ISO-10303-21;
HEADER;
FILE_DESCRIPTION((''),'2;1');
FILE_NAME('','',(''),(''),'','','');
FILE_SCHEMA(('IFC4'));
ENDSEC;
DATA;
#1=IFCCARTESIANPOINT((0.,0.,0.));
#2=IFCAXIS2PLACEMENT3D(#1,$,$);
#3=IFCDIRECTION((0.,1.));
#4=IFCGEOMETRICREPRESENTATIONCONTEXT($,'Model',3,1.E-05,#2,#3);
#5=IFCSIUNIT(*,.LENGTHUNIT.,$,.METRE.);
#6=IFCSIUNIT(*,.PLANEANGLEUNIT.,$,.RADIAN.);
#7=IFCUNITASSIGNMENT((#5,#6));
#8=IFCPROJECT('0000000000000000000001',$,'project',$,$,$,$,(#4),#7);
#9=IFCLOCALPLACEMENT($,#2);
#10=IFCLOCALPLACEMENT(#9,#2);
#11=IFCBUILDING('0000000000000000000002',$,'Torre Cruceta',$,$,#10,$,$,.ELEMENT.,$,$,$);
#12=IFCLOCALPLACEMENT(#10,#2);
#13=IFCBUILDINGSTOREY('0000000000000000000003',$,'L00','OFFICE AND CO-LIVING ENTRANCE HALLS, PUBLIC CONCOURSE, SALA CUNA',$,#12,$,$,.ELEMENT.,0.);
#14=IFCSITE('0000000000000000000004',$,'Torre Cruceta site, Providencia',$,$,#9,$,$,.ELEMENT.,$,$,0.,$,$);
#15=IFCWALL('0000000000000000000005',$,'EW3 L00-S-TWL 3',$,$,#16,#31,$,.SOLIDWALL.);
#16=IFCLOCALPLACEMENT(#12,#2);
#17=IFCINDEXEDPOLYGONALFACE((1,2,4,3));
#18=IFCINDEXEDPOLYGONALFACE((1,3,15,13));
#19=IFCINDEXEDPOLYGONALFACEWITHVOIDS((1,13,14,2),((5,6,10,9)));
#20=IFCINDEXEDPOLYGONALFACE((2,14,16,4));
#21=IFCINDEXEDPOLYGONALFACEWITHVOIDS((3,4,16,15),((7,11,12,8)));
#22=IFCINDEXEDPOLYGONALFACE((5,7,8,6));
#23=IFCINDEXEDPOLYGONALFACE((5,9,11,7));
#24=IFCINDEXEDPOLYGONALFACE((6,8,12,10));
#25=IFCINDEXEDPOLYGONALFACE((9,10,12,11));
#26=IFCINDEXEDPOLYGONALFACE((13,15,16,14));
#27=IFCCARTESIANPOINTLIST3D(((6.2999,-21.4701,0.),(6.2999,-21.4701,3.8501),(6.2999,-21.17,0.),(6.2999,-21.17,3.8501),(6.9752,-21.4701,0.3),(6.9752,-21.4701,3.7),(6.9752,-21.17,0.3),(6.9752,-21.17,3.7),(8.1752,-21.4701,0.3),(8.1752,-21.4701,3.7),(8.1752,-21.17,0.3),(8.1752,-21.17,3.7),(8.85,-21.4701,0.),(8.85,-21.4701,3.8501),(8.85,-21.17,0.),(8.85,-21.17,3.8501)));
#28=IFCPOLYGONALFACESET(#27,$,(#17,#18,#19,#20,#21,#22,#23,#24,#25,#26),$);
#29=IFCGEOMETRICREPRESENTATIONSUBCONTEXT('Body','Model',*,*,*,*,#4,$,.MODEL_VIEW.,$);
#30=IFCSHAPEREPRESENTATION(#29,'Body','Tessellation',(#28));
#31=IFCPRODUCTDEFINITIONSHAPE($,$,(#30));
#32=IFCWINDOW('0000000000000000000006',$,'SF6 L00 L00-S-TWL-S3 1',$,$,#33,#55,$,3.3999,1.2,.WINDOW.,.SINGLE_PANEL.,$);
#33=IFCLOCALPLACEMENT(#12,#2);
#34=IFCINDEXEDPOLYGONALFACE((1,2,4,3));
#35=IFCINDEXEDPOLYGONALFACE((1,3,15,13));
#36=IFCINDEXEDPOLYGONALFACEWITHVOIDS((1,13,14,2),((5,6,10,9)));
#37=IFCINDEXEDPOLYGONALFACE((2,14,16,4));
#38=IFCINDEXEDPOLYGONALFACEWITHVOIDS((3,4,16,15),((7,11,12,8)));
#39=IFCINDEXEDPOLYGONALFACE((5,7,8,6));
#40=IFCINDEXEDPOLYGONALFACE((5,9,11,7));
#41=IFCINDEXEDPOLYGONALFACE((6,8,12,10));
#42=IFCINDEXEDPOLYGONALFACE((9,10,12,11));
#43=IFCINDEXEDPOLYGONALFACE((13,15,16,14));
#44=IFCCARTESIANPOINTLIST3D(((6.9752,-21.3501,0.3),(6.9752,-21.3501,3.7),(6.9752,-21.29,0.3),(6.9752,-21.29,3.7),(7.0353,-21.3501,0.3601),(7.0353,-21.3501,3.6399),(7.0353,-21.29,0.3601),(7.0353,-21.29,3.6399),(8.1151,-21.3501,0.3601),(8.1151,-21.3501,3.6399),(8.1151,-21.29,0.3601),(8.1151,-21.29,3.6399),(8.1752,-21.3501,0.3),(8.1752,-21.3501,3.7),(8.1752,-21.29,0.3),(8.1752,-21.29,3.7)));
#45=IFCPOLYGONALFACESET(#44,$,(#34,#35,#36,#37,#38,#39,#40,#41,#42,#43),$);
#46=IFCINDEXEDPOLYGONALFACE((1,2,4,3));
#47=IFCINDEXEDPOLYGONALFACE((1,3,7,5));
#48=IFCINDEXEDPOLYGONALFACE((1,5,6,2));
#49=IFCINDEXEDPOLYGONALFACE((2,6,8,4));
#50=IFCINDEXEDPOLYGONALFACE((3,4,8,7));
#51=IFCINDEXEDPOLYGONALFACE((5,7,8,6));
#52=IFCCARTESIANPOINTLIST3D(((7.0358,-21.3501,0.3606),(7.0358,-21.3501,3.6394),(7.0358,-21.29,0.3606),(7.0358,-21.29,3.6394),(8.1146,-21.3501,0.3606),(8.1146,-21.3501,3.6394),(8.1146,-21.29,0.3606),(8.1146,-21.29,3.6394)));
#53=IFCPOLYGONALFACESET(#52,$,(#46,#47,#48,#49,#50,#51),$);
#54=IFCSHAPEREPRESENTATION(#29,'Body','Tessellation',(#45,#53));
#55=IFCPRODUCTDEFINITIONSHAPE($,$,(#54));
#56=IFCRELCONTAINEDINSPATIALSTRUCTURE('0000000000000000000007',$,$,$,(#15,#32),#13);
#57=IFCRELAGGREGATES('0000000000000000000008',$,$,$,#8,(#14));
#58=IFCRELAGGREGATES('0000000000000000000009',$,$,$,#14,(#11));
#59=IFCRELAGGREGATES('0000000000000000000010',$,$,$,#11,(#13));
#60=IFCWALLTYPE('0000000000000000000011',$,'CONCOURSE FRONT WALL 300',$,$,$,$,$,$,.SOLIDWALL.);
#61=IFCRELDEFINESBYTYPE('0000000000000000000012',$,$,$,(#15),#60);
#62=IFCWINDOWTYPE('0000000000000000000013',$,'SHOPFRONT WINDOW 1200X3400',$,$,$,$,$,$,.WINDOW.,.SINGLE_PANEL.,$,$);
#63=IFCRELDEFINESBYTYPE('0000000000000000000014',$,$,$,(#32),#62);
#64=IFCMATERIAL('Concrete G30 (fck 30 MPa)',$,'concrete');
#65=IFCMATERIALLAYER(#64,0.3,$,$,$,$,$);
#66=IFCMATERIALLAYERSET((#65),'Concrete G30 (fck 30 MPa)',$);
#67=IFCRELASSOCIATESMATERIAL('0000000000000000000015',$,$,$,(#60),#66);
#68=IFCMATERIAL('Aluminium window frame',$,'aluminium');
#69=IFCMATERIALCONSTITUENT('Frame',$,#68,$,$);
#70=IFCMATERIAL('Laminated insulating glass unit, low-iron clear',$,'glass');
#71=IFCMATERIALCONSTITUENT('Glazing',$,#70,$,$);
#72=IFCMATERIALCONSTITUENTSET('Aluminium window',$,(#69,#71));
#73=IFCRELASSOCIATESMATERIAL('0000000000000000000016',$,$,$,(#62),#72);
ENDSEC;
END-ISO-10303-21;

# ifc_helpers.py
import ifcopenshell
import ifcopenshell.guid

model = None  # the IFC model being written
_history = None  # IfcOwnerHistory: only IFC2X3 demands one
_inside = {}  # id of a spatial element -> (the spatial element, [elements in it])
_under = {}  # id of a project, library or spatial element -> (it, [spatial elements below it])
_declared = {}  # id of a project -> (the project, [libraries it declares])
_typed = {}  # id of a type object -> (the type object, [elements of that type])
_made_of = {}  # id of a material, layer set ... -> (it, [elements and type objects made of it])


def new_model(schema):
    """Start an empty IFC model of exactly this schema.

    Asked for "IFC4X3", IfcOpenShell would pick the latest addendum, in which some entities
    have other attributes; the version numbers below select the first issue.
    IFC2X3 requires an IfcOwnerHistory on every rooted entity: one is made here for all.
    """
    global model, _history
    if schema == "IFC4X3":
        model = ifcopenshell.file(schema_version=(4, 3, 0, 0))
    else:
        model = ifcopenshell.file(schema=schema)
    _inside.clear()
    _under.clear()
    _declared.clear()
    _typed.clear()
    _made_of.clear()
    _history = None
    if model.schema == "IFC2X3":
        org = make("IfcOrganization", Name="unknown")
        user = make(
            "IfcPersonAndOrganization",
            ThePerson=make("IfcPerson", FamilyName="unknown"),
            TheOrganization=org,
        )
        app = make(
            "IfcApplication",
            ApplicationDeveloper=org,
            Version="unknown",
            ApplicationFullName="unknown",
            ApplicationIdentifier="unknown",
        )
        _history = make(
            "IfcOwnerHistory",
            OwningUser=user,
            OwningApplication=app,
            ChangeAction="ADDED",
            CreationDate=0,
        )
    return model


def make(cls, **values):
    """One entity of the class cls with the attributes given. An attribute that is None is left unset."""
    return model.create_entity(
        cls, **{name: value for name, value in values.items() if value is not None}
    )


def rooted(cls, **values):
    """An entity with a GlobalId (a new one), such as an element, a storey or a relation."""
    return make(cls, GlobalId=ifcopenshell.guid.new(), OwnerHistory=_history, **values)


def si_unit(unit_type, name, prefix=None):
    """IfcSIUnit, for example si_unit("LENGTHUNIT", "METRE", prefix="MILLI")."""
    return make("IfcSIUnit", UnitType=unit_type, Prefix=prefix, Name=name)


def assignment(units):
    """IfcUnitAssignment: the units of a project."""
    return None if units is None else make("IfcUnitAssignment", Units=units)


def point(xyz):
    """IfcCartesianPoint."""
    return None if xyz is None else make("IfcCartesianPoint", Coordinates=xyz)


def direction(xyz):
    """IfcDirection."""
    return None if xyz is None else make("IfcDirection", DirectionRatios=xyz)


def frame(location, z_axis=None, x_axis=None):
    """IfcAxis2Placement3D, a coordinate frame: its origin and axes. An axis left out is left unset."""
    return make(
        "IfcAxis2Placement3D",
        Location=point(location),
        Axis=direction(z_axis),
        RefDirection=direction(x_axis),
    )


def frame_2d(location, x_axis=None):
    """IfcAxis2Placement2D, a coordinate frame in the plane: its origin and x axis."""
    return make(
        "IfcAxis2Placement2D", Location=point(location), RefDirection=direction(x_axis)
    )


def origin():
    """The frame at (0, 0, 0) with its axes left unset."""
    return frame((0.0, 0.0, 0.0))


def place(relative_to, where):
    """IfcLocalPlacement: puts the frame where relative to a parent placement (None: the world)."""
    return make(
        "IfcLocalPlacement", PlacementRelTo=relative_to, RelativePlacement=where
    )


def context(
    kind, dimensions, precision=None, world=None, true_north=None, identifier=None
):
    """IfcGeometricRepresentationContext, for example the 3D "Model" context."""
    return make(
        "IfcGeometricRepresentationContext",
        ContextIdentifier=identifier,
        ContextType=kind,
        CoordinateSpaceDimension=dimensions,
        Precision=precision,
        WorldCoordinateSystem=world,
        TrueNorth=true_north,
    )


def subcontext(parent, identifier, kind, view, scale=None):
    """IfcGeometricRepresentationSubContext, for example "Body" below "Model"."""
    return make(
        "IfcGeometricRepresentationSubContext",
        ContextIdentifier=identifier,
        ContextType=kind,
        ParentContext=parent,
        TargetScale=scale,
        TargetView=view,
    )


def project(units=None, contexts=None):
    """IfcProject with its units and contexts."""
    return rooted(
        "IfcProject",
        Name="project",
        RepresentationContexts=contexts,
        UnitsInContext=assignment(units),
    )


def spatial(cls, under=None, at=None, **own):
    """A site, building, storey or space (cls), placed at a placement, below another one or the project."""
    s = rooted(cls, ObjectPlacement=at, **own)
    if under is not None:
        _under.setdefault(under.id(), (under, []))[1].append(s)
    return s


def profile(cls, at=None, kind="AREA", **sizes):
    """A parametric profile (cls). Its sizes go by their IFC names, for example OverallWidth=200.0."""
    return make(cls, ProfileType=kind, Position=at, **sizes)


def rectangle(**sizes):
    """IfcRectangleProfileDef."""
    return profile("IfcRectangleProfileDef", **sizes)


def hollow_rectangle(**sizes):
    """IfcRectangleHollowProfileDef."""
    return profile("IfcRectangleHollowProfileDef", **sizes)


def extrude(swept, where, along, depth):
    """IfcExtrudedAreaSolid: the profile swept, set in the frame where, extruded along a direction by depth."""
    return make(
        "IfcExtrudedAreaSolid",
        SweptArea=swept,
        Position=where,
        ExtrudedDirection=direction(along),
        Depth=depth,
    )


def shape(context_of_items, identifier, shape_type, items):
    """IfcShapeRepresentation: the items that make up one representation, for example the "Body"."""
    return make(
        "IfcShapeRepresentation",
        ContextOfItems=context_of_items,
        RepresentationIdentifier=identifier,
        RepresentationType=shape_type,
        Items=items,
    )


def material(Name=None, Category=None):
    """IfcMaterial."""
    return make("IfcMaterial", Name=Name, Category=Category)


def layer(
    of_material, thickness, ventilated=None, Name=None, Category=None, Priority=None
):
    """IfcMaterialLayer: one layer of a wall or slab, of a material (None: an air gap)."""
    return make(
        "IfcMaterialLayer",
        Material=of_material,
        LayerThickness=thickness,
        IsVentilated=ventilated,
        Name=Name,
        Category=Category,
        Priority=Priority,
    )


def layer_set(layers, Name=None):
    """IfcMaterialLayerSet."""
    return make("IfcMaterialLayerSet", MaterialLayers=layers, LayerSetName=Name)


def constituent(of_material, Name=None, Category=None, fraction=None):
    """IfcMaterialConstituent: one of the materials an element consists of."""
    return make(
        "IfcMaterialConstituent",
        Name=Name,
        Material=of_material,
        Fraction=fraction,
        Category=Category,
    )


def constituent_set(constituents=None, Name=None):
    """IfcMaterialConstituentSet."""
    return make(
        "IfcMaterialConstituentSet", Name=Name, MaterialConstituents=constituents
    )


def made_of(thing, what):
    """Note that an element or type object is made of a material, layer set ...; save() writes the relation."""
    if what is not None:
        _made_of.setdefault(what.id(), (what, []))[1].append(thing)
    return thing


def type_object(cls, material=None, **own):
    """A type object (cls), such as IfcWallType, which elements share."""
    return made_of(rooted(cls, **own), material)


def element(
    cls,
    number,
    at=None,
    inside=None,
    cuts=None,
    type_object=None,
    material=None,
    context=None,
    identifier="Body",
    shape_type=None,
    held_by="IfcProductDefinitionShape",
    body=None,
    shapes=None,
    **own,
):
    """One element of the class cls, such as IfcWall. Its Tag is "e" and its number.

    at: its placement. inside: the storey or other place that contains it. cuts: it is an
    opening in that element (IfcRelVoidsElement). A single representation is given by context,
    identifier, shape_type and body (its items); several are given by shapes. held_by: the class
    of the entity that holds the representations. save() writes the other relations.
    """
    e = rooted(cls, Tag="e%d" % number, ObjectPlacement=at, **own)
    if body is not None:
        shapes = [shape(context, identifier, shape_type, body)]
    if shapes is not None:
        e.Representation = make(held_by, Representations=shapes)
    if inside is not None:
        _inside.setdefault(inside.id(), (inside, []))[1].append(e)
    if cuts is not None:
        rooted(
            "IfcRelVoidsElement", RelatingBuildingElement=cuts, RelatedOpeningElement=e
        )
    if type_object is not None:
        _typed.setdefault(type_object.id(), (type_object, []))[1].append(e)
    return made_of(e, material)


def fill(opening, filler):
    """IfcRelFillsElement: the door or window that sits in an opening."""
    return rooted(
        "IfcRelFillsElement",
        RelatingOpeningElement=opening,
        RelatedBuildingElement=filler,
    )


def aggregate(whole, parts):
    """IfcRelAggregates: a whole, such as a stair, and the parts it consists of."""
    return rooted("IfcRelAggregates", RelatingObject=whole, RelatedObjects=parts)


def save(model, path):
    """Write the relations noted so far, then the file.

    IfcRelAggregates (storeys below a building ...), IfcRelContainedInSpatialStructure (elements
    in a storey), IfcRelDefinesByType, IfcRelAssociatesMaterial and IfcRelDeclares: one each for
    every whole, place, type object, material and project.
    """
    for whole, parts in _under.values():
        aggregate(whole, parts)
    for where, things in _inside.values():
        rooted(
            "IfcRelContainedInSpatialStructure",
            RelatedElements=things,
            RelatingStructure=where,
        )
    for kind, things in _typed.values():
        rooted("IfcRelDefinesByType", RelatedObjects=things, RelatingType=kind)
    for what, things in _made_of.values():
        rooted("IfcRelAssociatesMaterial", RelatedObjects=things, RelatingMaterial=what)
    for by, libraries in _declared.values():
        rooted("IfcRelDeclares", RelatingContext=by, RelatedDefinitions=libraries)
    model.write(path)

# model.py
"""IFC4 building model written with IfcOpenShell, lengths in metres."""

from ifc_helpers import new_model, si_unit, direction, frame, frame_2d, origin, place, context, subcontext, project, spatial, rectangle, hollow_rectangle, extrude, material, layer, layer_set, constituent, constituent_set, type_object, element, fill, save


model = new_model("IFC4")

# Units and contexts
model_context = context("Model", 3, precision=1e-05, world=origin(), true_north=direction((0.0, 1.0)))
body_context = subcontext(model_context, "Body", "Model", "MODEL_VIEW")
ifc_project = project(units=[si_unit("LENGTHUNIT", "METRE"), si_unit("PLANEANGLEUNIT", "RADIAN")], contexts=[model_context])

# Site, building, storey
site_placement = place(None, origin())
site = spatial("IfcSite", under=ifc_project, at=site_placement, Name="Torre Cruceta site, Providencia", CompositionType="ELEMENT", RefElevation=0.0)
building_placement = place(site_placement, origin())
building = spatial("IfcBuilding", under=site, at=building_placement, Name="Torre Cruceta", CompositionType="ELEMENT")
storey_placement = place(building_placement, origin())
storey = spatial("IfcBuildingStorey", under=building, at=storey_placement, Name="L00", Description="OFFICE AND CO-LIVING ENTRANCE HALLS, PUBLIC CONCOURSE, SALA CUNA", CompositionType="ELEMENT", Elevation=0.0)

# Shared definitions
ifc_material_1 = material(Name="Concrete G30 (fck 30 MPa)", Category="concrete")
ifc_layer = layer(ifc_material_1, 0.3)
ifc_layer_set = layer_set([ifc_layer], Name="Concrete G30 (fck 30 MPa)")
wall_type = type_object("IfcWallType", Name="CONCOURSE FRONT WALL 300", PredefinedType="SOLIDWALL", material=ifc_layer_set)
ifc_material_2 = material(Name="Aluminium window frame", Category="aluminium")
ifc_constituent_1 = constituent(ifc_material_2, Name="Frame")
ifc_material_3 = material(Name="Laminated insulating glass unit, low-iron clear", Category="glass")
ifc_constituent_2 = constituent(ifc_material_3, Name="Glazing")
ifc_constituent_set_1 = constituent_set(constituents=[ifc_constituent_1, ifc_constituent_2], Name="Aluminium window")
window_type = type_object("IfcWindowType", Name="SHOPFRONT WINDOW 1200X3400", PartitioningType="SINGLE_PANEL", PredefinedType="WINDOW", material=ifc_constituent_set_1)

# Wall, opening, window
wall_1_placement = place(storey_placement, frame((6.3, -21.3201, 0.0), z_axis=(0.0, 0.0, 1.0), x_axis=(1.0, 0.0, 0.0)))
wall_1 = element("IfcWall", 1, at=wall_1_placement, inside=storey, type_object=wall_type, Name="EW3 L00-S-TWL 3", PredefinedType="SOLIDWALL", context=body_context, shape_type="SweptSolid", body=[
    extrude(rectangle(XDim=2.55, YDim=0.3, at=frame_2d((1.2749, 0.0))), origin(), (0.0, 0.0, 1.0), 3.8501),
])
opening_1_placement = place(wall_1_placement, frame((0.675, 0.0, 0.3)))
opening_1 = element("IfcOpeningElement", 2, at=opening_1_placement, cuts=wall_1, PredefinedType="OPENING", context=body_context, shape_type="SweptSolid", body=[
    extrude(rectangle(XDim=1.2, YDim=3.3999, at=frame_2d((0.6001, 1.7))), frame((0.0, 0.1599, 0.0), z_axis=(0.0, -1.0, 0.0), x_axis=(1.0, 0.0, 0.0)), (0.0, 0.0, 1.0), 0.3201),
])
window_1_placement = place(opening_1_placement, origin())
window_1 = element("IfcWindow", 3, at=window_1_placement, inside=storey, type_object=window_type, Name="SF6 L00 L00-S-TWL-S3 1", OverallHeight=3.3999, OverallWidth=1.2, PartitioningType="SINGLE_PANEL", PredefinedType="WINDOW", context=body_context, shape_type="SweptSolid", body=[
    extrude(hollow_rectangle(XDim=1.2, YDim=3.3999, WallThickness=0.0601, at=frame_2d((0.6001, 1.7))), frame((0.0, 0.03, 0.0), z_axis=(0.0, -1.0, 0.0), x_axis=(1.0, 0.0, 0.0)), (0.0, 0.0, 1.0), 0.0601),
    extrude(rectangle(XDim=1.0789, YDim=3.2788, at=frame_2d((0.6001, 1.7))), frame((0.0, 0.03, 0.0), z_axis=(0.0, -1.0, 0.0), x_axis=(1.0, 0.0, 0.0)), (0.0, 0.0, 1.0), 0.0601),
])
fill(opening_1, window_1)

save(model, "model.ifc")
